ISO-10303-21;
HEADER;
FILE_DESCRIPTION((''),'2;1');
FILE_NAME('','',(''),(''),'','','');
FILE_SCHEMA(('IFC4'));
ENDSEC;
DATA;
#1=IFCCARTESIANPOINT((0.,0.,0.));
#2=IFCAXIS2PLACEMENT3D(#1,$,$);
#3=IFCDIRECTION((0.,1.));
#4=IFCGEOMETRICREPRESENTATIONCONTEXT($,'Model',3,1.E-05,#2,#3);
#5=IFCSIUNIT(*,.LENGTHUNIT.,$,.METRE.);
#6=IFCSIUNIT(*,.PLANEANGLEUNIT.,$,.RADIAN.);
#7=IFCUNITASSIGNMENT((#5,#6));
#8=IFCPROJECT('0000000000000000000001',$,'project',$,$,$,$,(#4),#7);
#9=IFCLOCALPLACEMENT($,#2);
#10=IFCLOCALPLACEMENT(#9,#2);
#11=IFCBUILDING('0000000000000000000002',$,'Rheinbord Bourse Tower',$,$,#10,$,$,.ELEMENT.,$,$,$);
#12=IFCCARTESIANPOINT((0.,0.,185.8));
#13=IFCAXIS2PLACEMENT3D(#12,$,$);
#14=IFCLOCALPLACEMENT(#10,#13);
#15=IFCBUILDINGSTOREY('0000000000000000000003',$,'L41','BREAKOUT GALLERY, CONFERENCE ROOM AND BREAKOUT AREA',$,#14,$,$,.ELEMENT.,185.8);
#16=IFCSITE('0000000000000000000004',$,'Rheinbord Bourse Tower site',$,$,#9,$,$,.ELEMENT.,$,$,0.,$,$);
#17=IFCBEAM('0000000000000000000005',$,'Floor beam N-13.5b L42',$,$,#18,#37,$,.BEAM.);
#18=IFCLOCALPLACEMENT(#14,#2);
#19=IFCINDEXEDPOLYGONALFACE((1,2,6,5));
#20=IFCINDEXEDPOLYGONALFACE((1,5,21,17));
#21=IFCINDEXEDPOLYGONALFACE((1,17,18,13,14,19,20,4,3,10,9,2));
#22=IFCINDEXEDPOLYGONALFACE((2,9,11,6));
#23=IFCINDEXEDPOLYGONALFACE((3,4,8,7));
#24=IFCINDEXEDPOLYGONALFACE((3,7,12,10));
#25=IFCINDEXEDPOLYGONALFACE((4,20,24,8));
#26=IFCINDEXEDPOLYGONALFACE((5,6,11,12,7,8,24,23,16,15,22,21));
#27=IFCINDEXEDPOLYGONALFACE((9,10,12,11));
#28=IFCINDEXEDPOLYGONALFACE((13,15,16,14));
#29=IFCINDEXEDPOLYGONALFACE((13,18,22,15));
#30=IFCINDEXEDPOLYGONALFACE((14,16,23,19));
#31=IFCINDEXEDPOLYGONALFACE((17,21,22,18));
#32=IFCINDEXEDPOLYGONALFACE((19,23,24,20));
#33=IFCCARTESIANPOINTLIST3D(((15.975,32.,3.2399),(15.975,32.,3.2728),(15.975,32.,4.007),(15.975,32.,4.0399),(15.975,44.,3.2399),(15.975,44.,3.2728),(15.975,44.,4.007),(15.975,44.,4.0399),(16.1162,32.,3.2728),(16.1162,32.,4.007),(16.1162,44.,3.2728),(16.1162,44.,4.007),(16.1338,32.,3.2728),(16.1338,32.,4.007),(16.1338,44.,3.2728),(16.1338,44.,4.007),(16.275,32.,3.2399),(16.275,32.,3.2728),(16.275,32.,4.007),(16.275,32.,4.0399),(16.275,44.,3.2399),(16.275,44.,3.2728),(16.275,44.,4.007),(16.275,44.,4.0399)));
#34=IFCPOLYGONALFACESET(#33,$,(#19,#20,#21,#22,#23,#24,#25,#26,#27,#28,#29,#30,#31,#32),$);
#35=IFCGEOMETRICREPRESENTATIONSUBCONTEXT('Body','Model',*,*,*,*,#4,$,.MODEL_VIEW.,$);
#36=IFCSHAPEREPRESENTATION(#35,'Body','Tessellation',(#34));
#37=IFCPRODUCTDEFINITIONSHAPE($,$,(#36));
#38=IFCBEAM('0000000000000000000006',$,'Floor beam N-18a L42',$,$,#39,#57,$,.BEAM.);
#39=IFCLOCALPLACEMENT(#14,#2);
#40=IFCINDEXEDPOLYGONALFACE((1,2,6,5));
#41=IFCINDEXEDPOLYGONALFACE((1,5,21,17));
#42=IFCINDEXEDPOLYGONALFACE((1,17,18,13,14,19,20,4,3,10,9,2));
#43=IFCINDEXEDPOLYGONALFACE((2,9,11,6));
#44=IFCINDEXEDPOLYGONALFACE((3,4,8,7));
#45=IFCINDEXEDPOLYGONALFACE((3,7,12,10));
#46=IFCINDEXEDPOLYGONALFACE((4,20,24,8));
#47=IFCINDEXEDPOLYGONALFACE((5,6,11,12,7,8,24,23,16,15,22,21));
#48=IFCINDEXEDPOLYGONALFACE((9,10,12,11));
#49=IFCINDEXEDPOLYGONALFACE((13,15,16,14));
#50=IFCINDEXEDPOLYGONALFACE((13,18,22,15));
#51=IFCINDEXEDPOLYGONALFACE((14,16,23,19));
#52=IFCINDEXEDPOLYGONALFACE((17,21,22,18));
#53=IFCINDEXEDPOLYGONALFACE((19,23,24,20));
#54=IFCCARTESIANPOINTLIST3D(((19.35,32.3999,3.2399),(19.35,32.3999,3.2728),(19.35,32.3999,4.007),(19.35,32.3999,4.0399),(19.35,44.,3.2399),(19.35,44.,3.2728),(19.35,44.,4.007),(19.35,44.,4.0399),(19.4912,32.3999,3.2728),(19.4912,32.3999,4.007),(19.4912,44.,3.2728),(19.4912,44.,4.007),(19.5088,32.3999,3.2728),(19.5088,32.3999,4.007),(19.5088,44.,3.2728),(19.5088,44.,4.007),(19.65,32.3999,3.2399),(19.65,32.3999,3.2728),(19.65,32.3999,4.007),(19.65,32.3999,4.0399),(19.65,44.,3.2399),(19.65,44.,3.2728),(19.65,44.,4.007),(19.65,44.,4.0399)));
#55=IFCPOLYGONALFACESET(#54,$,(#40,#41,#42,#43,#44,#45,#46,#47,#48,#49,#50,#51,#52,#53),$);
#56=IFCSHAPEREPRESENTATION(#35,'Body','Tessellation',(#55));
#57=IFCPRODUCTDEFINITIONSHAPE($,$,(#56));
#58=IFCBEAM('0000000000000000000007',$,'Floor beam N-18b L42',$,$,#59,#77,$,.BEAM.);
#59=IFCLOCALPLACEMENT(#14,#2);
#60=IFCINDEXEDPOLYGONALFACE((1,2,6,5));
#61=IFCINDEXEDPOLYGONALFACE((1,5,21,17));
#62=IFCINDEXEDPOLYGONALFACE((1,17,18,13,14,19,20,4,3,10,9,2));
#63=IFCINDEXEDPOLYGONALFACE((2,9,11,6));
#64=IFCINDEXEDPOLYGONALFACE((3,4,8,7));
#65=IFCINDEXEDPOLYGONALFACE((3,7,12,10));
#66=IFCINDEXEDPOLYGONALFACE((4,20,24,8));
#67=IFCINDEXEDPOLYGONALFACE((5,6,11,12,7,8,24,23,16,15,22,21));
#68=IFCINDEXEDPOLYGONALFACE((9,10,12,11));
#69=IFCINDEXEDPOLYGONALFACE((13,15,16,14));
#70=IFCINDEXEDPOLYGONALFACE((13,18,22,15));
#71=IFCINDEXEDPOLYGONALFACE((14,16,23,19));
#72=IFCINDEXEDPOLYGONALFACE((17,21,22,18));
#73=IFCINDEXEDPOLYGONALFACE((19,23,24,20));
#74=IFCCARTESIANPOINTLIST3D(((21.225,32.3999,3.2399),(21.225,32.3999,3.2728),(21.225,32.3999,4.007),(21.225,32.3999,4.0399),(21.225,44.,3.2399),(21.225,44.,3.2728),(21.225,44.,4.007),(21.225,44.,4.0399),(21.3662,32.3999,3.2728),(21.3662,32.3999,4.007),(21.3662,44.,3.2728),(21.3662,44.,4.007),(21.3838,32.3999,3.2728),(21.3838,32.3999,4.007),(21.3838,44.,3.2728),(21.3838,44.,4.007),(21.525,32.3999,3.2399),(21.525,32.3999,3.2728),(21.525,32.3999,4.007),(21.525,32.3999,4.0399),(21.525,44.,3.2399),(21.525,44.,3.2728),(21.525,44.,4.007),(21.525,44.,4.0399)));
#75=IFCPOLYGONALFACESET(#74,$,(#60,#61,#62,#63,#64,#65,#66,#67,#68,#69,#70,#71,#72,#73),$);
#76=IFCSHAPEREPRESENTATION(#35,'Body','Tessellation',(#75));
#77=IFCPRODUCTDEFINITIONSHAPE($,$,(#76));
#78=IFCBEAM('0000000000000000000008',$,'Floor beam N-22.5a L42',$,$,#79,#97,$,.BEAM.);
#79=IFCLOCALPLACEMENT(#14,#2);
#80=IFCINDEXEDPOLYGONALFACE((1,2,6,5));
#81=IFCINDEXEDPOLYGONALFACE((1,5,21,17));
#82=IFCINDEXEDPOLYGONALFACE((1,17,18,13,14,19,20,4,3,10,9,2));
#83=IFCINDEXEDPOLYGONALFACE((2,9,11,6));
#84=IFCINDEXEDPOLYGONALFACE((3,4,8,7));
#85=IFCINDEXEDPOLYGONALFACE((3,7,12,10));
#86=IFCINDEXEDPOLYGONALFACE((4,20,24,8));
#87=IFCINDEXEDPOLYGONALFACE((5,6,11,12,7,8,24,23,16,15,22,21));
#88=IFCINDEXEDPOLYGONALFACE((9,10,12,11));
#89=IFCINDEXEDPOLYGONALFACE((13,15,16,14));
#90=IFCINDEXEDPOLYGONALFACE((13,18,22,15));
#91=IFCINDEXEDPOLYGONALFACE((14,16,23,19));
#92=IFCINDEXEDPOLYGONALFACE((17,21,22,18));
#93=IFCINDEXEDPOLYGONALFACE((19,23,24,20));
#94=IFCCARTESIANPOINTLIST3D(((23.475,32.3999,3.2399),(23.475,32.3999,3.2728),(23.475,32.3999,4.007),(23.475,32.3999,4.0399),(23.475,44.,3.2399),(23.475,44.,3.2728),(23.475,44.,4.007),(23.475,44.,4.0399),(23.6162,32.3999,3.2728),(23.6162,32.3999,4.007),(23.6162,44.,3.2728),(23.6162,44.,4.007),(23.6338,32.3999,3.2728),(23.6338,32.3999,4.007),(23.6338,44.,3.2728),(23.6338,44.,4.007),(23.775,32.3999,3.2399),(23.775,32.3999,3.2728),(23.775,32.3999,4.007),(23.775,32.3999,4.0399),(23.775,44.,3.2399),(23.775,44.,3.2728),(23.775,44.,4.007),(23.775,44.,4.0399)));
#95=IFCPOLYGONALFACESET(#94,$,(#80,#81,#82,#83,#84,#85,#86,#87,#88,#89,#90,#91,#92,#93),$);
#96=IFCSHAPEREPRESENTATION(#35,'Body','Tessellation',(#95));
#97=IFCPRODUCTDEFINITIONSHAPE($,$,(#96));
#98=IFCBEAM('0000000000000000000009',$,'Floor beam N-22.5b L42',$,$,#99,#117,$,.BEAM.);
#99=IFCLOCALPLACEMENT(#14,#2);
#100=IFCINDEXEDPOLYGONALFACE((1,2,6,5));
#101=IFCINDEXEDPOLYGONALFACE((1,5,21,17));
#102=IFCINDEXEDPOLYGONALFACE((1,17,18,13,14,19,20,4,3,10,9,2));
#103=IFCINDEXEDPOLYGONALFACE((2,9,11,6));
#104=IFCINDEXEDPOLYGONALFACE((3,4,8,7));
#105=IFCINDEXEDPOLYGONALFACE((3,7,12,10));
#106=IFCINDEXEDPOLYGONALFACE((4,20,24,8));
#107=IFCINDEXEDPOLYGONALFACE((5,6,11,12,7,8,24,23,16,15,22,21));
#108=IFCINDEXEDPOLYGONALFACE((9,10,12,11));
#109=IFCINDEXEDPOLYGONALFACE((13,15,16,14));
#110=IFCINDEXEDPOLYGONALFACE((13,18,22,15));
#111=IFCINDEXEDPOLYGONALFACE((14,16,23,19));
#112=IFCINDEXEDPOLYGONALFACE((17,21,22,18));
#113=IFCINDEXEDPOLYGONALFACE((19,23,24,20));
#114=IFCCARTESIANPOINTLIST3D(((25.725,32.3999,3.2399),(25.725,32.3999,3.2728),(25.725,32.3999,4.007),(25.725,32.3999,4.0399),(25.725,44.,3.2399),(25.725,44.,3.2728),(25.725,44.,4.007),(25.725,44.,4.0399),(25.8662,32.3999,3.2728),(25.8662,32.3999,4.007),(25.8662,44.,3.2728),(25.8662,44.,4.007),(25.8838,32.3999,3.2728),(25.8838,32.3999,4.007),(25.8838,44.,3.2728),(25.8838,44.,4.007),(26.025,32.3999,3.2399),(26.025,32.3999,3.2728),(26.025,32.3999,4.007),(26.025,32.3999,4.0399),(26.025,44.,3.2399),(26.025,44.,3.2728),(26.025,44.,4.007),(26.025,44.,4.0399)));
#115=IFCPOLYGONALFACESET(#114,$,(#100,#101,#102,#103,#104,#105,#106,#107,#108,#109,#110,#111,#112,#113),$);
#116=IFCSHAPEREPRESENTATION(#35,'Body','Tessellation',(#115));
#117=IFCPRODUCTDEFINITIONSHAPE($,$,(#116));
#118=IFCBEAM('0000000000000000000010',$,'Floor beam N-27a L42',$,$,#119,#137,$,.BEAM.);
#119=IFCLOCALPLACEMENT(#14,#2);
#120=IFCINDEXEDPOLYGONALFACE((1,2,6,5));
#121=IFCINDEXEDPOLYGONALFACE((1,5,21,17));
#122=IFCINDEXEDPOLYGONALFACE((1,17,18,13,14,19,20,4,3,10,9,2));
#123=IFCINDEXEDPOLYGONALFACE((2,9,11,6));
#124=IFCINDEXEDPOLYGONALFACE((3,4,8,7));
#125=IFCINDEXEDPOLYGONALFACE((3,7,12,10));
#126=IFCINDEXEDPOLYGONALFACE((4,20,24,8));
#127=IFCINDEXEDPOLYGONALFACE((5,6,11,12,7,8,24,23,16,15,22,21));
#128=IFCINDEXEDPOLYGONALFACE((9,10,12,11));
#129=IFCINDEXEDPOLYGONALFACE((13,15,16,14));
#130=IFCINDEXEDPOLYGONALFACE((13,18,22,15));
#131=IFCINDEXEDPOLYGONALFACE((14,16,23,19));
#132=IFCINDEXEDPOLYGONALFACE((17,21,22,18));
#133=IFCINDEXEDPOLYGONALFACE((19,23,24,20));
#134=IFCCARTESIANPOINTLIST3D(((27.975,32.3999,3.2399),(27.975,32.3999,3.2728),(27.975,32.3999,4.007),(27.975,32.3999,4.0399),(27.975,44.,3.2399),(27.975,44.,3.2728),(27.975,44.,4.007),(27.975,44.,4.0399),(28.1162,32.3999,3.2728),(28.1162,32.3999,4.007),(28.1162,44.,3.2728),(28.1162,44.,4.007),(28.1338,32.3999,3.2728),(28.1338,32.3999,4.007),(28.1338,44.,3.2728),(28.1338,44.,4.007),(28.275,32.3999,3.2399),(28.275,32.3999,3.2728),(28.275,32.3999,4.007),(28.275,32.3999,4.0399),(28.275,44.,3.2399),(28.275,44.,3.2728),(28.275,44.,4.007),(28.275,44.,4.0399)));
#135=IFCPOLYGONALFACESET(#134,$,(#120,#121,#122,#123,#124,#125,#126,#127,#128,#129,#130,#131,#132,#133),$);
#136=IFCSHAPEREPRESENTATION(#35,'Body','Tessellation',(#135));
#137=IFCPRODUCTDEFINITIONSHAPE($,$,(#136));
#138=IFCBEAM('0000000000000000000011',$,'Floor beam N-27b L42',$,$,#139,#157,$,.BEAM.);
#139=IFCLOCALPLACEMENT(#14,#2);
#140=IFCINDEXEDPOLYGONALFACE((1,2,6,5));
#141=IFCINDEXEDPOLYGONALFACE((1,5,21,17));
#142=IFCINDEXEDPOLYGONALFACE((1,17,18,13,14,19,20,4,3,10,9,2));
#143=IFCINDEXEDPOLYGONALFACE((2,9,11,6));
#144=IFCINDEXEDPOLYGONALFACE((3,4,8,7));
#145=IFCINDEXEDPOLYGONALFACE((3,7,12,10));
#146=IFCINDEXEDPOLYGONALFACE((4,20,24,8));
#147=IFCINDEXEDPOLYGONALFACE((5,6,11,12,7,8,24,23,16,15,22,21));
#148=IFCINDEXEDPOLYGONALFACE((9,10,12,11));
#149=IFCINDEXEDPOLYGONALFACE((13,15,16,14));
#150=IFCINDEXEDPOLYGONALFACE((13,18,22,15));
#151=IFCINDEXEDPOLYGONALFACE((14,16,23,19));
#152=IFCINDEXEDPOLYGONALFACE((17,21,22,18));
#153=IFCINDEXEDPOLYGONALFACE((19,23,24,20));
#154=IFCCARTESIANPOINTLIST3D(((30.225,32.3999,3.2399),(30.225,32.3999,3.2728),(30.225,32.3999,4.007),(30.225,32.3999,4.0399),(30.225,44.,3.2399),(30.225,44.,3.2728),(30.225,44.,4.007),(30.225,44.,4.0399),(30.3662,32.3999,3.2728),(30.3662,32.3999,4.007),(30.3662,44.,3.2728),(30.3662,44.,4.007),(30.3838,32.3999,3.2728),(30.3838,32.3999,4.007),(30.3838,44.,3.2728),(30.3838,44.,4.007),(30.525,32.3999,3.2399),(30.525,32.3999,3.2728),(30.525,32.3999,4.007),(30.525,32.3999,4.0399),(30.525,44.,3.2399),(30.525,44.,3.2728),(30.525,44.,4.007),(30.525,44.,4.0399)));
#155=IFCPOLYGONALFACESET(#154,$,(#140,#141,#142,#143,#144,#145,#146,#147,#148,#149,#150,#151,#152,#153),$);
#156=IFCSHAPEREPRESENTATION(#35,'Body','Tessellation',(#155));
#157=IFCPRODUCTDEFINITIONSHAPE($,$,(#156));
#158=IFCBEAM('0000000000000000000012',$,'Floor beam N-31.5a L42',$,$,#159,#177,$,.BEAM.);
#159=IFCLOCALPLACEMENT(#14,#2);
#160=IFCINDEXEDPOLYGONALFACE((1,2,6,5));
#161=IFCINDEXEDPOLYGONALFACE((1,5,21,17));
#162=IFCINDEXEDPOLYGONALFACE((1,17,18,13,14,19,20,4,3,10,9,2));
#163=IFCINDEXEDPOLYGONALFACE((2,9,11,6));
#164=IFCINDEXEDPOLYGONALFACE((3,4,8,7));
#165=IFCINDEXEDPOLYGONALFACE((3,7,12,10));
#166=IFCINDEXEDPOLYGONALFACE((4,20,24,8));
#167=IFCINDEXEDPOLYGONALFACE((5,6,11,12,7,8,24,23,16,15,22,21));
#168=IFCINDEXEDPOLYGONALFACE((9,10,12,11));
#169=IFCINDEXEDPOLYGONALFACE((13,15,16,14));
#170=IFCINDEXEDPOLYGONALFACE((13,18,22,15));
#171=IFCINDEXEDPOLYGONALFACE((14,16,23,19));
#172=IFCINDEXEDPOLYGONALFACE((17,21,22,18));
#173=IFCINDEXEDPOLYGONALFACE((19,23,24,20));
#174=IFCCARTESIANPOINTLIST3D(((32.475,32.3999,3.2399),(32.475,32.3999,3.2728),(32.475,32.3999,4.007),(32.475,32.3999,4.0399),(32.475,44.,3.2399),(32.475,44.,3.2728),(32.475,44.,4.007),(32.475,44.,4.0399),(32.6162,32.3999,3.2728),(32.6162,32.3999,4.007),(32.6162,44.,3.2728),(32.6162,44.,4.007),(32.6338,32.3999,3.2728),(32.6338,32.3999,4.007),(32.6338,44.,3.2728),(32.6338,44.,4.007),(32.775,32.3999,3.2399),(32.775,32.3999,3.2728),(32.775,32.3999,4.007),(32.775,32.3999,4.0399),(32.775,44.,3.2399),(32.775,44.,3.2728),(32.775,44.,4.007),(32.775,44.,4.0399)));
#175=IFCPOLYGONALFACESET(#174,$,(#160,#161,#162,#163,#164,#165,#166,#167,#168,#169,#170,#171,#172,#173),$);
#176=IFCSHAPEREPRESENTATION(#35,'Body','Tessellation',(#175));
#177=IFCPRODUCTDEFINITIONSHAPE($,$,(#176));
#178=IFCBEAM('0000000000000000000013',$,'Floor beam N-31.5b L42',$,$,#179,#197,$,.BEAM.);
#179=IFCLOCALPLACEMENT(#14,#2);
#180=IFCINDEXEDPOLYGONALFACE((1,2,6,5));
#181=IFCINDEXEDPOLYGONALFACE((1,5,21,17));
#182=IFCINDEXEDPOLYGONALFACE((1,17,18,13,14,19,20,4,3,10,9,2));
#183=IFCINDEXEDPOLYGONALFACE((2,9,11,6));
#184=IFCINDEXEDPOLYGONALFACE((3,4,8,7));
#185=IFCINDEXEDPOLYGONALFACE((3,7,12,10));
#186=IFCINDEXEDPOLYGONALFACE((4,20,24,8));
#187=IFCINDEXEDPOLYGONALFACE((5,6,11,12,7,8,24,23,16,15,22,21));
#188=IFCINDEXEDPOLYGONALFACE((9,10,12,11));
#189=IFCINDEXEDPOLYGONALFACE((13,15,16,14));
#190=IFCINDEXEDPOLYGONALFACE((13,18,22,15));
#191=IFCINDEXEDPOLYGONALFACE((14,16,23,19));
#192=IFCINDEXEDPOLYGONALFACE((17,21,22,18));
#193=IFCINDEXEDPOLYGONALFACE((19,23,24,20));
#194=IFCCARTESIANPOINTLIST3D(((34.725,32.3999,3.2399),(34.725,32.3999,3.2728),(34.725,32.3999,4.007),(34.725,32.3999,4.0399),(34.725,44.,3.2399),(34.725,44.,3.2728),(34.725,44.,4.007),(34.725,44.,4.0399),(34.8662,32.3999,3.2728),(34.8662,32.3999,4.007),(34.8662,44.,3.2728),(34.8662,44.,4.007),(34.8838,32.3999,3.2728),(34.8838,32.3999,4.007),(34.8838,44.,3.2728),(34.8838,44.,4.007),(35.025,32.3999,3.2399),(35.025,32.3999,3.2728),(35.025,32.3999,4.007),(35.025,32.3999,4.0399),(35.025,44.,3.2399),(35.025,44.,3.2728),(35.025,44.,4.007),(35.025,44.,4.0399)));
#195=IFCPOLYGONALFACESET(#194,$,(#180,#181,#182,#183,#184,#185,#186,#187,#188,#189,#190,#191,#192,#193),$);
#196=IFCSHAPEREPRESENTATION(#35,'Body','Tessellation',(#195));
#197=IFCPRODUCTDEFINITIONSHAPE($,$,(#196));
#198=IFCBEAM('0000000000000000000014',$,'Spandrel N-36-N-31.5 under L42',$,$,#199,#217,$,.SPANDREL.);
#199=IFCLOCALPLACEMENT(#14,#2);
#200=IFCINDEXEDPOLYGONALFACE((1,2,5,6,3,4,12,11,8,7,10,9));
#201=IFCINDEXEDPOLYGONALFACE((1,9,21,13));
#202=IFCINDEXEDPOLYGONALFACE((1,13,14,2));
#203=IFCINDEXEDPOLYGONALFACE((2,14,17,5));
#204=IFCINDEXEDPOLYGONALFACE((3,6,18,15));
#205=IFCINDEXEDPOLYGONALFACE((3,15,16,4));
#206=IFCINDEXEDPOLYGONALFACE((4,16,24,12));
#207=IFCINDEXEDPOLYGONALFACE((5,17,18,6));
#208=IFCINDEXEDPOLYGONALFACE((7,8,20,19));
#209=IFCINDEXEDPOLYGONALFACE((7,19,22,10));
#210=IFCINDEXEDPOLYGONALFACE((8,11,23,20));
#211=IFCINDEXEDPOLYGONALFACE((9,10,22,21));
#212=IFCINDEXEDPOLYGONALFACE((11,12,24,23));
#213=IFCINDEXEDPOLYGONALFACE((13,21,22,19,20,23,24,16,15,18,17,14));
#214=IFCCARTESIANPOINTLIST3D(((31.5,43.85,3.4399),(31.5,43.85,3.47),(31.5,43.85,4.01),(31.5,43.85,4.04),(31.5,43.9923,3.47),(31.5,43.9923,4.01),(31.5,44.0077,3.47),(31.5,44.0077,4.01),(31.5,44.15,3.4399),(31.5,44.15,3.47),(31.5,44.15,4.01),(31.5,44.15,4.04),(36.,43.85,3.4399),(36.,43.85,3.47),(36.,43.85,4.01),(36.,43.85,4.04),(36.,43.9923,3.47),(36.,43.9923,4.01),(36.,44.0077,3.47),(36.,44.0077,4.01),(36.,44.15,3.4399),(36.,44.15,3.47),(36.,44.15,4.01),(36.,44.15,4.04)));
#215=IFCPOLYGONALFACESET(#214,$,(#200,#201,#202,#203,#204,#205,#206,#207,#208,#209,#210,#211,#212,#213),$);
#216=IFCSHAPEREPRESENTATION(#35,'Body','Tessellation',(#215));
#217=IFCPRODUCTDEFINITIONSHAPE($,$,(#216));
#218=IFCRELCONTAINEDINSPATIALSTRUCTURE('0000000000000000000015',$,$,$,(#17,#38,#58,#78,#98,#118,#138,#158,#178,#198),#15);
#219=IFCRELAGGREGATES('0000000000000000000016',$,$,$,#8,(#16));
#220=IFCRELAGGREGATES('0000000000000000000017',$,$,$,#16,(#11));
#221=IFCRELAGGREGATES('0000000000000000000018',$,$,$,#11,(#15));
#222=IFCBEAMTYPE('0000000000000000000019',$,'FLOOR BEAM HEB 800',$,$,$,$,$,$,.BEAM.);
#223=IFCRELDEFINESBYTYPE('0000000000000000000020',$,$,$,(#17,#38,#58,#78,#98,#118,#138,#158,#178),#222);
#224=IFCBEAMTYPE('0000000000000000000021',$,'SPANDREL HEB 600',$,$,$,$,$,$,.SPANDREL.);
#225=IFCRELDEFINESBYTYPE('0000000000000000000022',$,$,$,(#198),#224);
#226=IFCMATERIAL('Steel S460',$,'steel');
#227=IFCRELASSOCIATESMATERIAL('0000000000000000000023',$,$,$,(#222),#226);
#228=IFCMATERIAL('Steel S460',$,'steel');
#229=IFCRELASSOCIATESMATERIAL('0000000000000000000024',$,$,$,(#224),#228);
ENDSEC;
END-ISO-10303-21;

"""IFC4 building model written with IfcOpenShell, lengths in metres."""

from ifc_helpers import new_model, si_unit, direction, frame, origin, origin_2d, place, context, subcontext, project, spatial, i_section, extrude, material, material_profile, profile_set, type_object, element, save


model = new_model("IFC4")

# Units and contexts
model_context = context("Model", 3, precision=1e-05, world=origin(), true_north=direction((0.0, 1.0)))
body_context = subcontext(model_context, "Body", "Model", "MODEL_VIEW")
ifc_project = project(units=[si_unit("LENGTHUNIT", "METRE"), si_unit("PLANEANGLEUNIT", "RADIAN")], contexts=[model_context])

# Site, building, storey
site_placement = place(None, origin())
site = spatial("IfcSite", under=ifc_project, at=site_placement, Name="Rheinbord Bourse Tower site", CompositionType="ELEMENT", RefElevation=0.0)
building_placement = place(site_placement, origin())
building = spatial("IfcBuilding", under=site, at=building_placement, Name="Rheinbord Bourse Tower", CompositionType="ELEMENT")
storey_placement = place(building_placement, frame((0.0, 0.0, 185.8)))
storey = spatial("IfcBuildingStorey", under=building, at=storey_placement, Name="L41", Description="BREAKOUT GALLERY, CONFERENCE ROOM AND BREAKOUT AREA", CompositionType="ELEMENT", Elevation=185.8)

# Beams
ifc_material_1 = material(Name="Steel S460", Category="steel")
ifc_material_profile_1 = material_profile(ifc_material_1, i_section(OverallWidth=0.3, OverallDepth=0.8, WebThickness=0.0176, FlangeThickness=0.033, at=origin_2d()), Name="HEB 800")
ifc_profile_set_1 = profile_set([ifc_material_profile_1], Name="Steel S460")
beam_type_1 = type_object("IfcBeamType", Name="FLOOR BEAM HEB 800", PredefinedType="BEAM", material=ifc_profile_set_1)
for number, where, z_axis, x_axis, name in (
    (1, (16.125, 44.0, 3.6399), (0.0, -1.0, 0.0), (1.0, 0.0, 0.0), "Floor beam N-13.5b L42"),
):
    element("IfcBeam", number, at=place(storey_placement, frame(where, z_axis=z_axis, x_axis=x_axis)), inside=storey, type_object=beam_type_1, Name=name, PredefinedType="BEAM", context=body_context, shape_type="SweptSolid", body=[
        extrude(i_section(OverallWidth=0.3, OverallDepth=0.8, WebThickness=0.0176, FlangeThickness=0.033, at=origin_2d()), origin(), (0.0, 0.0, 1.0), 12.0),
    ])
for number, where, z_axis, x_axis, name in (
    (2, (19.5, 44.0, 3.6399), (0.0, -1.0, 0.0), (1.0, 0.0, 0.0), "Floor beam N-18a L42"),
    (3, (21.375, 44.0, 3.6399), (0.0, -1.0, 0.0), (1.0, 0.0, 0.0), "Floor beam N-18b L42"),
    (4, (23.625, 44.0, 3.6399), (0.0, -1.0, 0.0), (1.0, 0.0, 0.0), "Floor beam N-22.5a L42"),
    (5, (25.875, 44.0, 3.6399), (0.0, -1.0, 0.0), (1.0, 0.0, 0.0), "Floor beam N-22.5b L42"),
    (6, (28.125, 44.0, 3.6399), (0.0, -1.0, 0.0), (1.0, 0.0, 0.0), "Floor beam N-27a L42"),
    (7, (30.375, 44.0, 3.6399), (0.0, -1.0, 0.0), (1.0, 0.0, 0.0), "Floor beam N-27b L42"),
    (8, (32.625, 44.0, 3.6399), (0.0, -1.0, 0.0), (1.0, 0.0, 0.0), "Floor beam N-31.5a L42"),
    (9, (34.875, 44.0, 3.6399), (0.0, -1.0, 0.0), (1.0, 0.0, 0.0), "Floor beam N-31.5b L42"),
):
    element("IfcBeam", number, at=place(storey_placement, frame(where, z_axis=z_axis, x_axis=x_axis)), inside=storey, type_object=beam_type_1, Name=name, PredefinedType="BEAM", context=body_context, shape_type="SweptSolid", body=[
        extrude(i_section(OverallWidth=0.3, OverallDepth=0.8, WebThickness=0.0176, FlangeThickness=0.033, at=origin_2d()), origin(), (0.0, 0.0, 1.0), 11.6001),
    ])
ifc_material_2 = material(Name="Steel S460", Category="steel")
ifc_material_profile_2 = material_profile(ifc_material_2, i_section(OverallWidth=0.3, OverallDepth=0.6001, WebThickness=0.0154, FlangeThickness=0.03, at=origin_2d()), Name="HEB 600")
ifc_profile_set_2 = profile_set([ifc_material_profile_2], Name="Steel S460")
beam_type_2 = type_object("IfcBeamType", Name="SPANDREL HEB 600", PredefinedType="SPANDREL", material=ifc_profile_set_2)
for number, where, z_axis, x_axis, name in (
    (10, (36.0, 44.0, 3.74), (-1.0, 0.0, 0.0), (0.0, -1.0, 0.0), "Spandrel N-36-N-31.5 under L42"),
):
    element("IfcBeam", number, at=place(storey_placement, frame(where, z_axis=z_axis, x_axis=x_axis)), inside=storey, type_object=beam_type_2, Name=name, PredefinedType="SPANDREL", context=body_context, shape_type="SweptSolid", body=[
        extrude(i_section(OverallWidth=0.3, OverallDepth=0.6001, WebThickness=0.0154, FlangeThickness=0.03, at=origin_2d()), origin(), (0.0, 0.0, 1.0), 4.5),
    ])

save(model, "model.ifc")
